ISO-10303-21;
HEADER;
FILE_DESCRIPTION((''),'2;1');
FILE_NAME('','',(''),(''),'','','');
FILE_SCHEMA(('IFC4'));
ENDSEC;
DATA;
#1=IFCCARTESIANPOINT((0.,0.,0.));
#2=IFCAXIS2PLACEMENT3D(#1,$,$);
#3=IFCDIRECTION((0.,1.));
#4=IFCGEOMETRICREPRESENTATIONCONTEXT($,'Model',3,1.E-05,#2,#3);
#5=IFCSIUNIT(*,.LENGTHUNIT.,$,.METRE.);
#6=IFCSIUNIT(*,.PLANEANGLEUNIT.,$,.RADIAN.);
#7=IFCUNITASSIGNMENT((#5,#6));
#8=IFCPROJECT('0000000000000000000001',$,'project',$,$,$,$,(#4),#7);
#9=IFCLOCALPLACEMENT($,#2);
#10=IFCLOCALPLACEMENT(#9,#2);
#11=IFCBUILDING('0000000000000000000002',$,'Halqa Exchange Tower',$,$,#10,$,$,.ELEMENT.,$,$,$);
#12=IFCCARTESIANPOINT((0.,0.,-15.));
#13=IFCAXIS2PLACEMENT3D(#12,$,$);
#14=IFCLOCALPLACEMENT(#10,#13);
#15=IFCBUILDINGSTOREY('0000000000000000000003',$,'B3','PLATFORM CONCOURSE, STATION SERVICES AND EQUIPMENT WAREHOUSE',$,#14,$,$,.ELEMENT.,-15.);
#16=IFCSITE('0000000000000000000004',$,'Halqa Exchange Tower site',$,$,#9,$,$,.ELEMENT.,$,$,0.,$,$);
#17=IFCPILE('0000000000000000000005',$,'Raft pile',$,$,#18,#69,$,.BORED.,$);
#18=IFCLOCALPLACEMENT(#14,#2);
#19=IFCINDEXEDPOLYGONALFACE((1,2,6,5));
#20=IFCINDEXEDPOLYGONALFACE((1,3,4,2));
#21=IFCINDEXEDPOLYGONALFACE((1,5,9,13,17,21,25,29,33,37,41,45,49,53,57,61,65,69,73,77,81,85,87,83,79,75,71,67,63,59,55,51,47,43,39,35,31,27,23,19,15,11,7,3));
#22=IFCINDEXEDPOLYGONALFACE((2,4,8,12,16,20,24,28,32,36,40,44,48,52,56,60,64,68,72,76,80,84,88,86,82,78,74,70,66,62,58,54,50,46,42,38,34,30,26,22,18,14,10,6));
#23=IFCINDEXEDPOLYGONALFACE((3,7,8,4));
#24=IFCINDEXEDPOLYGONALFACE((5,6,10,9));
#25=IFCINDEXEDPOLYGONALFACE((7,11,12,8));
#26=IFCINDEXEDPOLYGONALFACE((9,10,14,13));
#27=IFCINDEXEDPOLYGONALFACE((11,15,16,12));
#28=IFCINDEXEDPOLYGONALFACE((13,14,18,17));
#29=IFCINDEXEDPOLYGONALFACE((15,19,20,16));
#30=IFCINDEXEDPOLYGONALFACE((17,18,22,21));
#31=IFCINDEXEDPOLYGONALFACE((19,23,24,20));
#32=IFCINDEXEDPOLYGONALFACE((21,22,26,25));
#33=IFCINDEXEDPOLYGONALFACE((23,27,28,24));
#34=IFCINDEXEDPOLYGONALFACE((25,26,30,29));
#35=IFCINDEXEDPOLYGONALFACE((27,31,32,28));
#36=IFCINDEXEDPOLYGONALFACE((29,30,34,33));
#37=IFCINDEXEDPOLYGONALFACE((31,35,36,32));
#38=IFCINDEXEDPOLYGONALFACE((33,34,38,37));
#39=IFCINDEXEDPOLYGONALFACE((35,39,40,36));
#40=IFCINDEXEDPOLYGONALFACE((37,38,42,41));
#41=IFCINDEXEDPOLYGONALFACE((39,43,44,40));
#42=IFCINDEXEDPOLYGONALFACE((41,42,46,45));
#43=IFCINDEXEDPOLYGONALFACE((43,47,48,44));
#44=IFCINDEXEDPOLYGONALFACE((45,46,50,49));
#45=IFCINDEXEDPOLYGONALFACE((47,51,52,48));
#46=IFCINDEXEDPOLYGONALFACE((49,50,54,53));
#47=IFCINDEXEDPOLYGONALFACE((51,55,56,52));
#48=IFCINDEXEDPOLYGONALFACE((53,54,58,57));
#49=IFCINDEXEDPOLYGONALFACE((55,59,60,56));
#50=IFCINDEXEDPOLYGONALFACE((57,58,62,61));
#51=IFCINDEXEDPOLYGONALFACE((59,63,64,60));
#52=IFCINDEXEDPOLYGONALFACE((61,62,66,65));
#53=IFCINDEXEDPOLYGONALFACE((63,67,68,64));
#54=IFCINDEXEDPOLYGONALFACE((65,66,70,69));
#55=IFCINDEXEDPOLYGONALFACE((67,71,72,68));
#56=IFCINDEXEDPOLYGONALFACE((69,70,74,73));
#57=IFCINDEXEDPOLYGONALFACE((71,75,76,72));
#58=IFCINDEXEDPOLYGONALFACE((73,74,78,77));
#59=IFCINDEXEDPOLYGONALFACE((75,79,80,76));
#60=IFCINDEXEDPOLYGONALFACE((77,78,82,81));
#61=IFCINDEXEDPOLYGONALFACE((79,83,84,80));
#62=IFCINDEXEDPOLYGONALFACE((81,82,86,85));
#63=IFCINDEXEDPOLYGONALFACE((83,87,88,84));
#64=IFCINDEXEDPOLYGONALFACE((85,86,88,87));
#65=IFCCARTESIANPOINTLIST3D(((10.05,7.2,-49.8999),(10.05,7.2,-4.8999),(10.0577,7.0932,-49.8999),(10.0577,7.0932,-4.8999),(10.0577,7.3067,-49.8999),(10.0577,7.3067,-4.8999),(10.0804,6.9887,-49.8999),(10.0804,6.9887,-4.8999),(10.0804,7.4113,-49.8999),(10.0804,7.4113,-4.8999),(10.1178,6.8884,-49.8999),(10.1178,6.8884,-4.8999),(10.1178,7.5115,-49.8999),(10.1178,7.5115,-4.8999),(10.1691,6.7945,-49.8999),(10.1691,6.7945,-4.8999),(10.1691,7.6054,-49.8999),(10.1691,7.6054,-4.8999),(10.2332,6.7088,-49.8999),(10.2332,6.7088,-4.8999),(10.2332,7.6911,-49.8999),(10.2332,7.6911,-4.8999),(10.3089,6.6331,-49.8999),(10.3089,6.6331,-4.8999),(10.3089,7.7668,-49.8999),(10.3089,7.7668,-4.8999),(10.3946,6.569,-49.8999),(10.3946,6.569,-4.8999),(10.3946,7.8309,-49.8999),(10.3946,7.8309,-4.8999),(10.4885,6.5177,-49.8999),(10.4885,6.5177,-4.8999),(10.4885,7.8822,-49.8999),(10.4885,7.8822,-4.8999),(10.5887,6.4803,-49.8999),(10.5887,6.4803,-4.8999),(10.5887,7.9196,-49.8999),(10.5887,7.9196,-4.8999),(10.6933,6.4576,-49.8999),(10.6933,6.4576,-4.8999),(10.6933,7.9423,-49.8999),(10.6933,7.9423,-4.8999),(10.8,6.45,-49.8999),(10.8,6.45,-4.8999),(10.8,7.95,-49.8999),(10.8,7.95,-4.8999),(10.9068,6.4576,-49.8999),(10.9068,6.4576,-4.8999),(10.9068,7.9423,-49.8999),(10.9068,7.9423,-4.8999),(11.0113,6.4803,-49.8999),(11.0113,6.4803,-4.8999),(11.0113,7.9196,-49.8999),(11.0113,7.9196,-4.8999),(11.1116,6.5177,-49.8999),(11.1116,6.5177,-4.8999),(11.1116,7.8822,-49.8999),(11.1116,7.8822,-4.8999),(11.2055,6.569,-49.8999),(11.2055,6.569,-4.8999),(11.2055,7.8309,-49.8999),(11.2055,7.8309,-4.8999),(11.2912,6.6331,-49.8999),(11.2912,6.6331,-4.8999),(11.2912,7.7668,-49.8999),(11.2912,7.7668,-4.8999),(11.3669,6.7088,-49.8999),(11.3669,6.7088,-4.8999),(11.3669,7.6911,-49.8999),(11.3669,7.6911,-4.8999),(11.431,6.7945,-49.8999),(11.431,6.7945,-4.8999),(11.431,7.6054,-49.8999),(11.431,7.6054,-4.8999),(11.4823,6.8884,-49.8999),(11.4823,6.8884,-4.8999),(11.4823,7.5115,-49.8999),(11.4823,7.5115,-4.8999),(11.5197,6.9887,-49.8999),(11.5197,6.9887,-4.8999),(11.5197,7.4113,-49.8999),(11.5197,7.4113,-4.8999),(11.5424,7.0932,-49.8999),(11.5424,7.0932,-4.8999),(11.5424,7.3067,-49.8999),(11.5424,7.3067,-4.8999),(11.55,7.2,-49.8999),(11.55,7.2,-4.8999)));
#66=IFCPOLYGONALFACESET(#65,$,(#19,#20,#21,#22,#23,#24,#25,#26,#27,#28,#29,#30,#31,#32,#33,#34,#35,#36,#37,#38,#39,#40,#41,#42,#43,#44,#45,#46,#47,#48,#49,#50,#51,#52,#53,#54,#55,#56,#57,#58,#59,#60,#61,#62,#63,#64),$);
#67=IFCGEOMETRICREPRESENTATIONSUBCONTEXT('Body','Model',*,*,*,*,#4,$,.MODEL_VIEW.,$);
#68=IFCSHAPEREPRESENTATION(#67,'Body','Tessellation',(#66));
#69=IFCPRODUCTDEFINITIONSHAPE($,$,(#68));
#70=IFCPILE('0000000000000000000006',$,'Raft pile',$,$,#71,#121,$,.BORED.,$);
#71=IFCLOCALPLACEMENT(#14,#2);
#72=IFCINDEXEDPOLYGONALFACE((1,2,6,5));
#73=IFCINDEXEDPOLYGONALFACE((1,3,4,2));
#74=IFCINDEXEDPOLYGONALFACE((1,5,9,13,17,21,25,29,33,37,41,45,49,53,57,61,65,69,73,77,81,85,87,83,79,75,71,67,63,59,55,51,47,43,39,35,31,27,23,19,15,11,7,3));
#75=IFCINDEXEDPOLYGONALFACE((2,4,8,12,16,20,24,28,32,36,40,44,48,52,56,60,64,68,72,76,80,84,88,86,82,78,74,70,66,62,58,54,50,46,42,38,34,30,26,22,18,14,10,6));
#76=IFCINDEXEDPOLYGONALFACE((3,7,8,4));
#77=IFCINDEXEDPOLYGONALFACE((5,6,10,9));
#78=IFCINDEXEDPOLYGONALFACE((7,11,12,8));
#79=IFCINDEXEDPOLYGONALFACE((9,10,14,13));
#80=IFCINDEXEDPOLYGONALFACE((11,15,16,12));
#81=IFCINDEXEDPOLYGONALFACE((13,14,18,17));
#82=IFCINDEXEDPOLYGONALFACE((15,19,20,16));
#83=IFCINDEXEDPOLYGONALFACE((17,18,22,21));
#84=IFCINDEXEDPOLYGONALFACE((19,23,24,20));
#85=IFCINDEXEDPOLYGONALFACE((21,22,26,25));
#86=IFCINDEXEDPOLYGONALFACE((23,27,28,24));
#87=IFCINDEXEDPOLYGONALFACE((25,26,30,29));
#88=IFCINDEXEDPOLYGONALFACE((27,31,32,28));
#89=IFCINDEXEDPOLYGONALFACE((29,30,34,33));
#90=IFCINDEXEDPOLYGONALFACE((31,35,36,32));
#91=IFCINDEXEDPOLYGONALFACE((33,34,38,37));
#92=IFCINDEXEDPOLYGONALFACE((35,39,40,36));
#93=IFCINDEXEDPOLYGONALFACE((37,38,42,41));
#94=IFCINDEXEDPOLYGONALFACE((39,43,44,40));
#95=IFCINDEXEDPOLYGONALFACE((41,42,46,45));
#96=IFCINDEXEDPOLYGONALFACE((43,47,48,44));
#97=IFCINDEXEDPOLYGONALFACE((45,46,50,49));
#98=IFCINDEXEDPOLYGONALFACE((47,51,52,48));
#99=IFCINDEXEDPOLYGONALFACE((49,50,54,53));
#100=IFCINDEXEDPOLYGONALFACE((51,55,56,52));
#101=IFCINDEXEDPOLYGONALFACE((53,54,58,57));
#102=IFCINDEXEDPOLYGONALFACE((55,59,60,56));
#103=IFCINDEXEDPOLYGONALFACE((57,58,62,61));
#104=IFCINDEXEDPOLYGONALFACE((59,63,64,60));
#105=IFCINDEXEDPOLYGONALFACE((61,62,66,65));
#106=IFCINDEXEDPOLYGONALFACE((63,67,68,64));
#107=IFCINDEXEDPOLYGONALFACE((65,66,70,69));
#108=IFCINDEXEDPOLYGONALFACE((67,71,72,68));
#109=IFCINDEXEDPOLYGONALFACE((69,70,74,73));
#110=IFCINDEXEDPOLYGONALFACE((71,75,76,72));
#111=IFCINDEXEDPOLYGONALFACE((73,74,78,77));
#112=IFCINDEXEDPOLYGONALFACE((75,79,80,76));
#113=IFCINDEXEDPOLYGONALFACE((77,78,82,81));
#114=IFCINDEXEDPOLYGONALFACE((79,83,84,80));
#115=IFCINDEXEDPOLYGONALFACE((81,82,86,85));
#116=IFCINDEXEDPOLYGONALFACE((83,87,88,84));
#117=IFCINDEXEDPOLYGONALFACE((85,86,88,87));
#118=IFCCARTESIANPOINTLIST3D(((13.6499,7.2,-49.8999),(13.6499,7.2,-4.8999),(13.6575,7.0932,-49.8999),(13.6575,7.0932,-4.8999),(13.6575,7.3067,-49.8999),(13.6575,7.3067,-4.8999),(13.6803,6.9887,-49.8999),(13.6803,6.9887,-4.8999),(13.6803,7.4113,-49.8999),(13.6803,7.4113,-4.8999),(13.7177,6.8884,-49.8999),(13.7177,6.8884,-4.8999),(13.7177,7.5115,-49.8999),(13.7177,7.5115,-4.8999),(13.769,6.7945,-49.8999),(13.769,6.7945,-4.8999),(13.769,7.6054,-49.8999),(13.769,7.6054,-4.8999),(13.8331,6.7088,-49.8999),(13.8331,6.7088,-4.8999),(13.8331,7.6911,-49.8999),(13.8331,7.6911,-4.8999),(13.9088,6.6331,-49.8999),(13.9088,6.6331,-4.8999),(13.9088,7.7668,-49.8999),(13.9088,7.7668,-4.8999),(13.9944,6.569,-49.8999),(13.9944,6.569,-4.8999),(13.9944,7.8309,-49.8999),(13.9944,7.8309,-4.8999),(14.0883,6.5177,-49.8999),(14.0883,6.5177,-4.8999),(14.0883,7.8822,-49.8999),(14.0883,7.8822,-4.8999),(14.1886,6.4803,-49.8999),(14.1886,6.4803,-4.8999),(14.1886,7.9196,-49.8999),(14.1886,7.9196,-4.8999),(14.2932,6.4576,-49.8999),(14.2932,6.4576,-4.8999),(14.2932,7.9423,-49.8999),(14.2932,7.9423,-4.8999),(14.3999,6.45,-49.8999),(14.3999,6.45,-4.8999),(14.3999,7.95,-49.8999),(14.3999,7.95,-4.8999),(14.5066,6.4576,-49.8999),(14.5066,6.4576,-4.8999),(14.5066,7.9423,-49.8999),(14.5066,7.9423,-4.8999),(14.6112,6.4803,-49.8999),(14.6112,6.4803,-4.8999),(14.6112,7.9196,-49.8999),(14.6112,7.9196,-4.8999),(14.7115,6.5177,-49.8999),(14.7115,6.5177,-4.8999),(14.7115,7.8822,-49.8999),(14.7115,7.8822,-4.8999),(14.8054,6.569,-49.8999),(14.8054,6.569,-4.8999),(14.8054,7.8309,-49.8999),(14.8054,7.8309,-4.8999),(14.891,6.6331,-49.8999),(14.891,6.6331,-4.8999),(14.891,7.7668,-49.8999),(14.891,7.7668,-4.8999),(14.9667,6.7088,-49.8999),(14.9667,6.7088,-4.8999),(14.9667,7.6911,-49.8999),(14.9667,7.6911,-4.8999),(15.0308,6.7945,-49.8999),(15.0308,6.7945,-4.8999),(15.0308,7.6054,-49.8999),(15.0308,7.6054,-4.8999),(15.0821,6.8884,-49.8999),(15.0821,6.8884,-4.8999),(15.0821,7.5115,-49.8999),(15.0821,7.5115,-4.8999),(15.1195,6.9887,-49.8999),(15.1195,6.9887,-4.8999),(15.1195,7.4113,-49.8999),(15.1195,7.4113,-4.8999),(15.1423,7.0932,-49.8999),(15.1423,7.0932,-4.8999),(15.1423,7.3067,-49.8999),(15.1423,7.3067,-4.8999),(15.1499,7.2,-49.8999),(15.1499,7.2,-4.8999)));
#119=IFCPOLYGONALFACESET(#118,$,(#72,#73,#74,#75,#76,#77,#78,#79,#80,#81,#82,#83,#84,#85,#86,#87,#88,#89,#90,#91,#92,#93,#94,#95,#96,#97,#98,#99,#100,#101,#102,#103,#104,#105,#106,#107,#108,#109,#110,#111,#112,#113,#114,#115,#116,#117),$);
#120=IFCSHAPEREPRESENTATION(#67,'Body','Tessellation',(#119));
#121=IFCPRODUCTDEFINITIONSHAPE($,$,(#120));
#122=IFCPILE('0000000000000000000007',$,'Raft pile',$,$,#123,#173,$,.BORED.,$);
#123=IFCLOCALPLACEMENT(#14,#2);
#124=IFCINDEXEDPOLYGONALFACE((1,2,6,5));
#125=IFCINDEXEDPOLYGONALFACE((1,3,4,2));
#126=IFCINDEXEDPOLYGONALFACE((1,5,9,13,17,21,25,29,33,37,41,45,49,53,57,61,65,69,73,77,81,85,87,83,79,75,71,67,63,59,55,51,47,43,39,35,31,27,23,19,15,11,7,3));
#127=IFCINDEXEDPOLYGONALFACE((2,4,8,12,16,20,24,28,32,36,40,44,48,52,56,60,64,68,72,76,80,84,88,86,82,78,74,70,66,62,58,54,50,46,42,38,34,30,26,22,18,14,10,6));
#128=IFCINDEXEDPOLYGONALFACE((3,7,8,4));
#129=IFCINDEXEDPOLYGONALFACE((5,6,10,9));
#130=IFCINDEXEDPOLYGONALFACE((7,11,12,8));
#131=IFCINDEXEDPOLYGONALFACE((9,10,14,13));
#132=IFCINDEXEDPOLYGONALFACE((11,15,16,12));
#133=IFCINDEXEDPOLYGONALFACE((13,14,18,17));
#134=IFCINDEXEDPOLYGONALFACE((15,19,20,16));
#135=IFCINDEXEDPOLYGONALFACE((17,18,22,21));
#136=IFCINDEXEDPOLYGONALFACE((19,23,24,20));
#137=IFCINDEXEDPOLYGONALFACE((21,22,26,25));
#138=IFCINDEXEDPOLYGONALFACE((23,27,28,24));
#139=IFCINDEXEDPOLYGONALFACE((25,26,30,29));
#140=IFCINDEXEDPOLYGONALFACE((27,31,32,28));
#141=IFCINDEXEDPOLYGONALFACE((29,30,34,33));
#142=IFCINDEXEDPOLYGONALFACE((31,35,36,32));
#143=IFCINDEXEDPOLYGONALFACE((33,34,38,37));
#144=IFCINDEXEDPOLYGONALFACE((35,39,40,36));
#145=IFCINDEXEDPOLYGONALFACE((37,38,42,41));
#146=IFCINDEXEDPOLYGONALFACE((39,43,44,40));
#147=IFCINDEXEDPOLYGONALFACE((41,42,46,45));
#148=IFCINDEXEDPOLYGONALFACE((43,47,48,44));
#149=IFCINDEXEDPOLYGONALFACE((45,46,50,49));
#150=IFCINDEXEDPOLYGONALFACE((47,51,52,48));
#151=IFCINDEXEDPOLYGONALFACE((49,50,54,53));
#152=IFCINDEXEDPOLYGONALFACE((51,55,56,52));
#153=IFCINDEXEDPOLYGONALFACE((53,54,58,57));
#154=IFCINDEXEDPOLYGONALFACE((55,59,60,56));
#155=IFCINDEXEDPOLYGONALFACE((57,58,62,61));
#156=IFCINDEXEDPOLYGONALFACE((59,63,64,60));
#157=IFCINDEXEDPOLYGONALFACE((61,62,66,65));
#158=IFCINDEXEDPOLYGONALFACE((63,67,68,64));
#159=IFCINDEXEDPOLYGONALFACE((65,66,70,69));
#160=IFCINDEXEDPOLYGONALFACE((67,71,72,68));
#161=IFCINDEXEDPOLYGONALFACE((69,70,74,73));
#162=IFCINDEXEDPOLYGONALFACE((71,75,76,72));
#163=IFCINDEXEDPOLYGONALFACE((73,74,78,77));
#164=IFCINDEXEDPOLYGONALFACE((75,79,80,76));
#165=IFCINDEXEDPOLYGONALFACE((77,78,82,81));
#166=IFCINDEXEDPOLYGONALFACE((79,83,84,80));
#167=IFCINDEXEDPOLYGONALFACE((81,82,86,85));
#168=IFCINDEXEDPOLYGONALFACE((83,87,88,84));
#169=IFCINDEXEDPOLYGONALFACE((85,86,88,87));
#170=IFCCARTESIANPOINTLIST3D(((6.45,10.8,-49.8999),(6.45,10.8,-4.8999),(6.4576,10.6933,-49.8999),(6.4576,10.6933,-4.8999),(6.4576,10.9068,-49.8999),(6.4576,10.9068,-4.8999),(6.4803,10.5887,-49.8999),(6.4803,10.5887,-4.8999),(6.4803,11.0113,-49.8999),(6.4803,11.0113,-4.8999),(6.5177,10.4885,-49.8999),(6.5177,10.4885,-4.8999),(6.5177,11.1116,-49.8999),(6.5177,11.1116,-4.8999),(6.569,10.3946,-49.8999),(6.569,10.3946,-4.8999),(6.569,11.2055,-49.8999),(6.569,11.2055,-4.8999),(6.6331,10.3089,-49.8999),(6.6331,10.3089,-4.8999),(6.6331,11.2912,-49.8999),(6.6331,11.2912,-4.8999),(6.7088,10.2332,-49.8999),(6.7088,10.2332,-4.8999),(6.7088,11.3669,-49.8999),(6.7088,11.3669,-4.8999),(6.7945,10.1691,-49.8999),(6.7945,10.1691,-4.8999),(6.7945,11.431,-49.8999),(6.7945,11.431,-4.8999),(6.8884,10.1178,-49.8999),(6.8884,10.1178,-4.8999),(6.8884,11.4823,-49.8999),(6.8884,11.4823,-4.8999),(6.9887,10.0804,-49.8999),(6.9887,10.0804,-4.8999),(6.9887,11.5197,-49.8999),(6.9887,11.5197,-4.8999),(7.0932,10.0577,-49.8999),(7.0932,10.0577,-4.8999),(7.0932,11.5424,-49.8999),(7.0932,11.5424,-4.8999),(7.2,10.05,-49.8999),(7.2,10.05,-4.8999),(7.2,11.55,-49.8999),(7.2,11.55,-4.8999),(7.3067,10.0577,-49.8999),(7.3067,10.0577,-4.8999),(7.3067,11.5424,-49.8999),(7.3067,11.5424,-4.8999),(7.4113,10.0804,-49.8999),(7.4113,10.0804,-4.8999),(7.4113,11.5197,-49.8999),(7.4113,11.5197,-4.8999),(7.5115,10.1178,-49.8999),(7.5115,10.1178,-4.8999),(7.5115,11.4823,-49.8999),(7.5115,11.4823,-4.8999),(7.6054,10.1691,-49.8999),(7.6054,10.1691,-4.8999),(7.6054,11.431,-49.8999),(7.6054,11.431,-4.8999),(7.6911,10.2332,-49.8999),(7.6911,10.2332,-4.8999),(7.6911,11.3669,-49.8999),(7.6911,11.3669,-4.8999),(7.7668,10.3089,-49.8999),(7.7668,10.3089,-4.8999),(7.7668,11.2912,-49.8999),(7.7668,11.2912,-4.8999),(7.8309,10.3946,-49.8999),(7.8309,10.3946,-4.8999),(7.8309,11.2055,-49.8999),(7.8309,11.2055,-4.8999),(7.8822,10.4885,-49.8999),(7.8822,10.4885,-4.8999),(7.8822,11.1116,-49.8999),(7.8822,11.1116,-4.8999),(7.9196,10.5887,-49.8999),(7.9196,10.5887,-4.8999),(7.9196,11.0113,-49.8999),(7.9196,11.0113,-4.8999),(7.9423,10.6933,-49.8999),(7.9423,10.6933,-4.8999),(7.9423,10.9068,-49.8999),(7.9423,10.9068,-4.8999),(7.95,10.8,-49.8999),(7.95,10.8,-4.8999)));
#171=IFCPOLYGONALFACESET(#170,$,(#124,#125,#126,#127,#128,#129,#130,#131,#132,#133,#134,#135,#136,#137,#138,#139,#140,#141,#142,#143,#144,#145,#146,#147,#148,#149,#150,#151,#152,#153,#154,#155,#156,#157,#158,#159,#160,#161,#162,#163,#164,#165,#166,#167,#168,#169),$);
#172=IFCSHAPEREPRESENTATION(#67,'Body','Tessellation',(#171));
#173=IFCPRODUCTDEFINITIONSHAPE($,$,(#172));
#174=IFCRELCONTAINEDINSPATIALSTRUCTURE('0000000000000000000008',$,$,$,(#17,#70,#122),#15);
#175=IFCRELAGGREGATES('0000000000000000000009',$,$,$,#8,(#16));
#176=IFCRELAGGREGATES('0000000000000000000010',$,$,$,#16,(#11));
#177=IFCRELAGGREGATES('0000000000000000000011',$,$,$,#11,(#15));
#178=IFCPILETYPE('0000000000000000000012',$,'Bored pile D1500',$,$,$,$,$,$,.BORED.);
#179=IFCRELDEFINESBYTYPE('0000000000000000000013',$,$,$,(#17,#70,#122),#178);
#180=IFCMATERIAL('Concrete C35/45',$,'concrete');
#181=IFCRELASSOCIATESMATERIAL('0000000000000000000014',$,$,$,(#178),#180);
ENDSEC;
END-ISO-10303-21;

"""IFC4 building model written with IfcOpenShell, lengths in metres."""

from ifc_helpers import new_model, si_unit, direction, frame, origin, origin_2d, place, context, subcontext, project, spatial, circle, extrude, material, material_profile, profile_set, type_object, element, save


model = new_model("IFC4")

# Units and contexts
model_context = context("Model", 3, precision=1e-05, world=origin(), true_north=direction((0.0, 1.0)))
body_context = subcontext(model_context, "Body", "Model", "MODEL_VIEW")
ifc_project = project(units=[si_unit("LENGTHUNIT", "METRE"), si_unit("PLANEANGLEUNIT", "RADIAN")], contexts=[model_context])

# Site, building, storey
site_placement = place(None, origin())
site = spatial("IfcSite", under=ifc_project, at=site_placement, Name="Halqa Exchange Tower site", CompositionType="ELEMENT", RefElevation=0.0)
building_placement = place(site_placement, origin())
building = spatial("IfcBuilding", under=site, at=building_placement, Name="Halqa Exchange Tower", CompositionType="ELEMENT")
storey_placement = place(building_placement, frame((0.0, 0.0, -15.0)))
storey = spatial("IfcBuildingStorey", under=building, at=storey_placement, Name="B3", Description="PLATFORM CONCOURSE, STATION SERVICES AND EQUIPMENT WAREHOUSE", CompositionType="ELEMENT", Elevation=-15.0)

# Piles
ifc_material_1 = material(Name="Concrete C35/45", Category="concrete")
ifc_material_profile_1 = material_profile(ifc_material_1, circle(Radius=0.75, at=origin_2d()), Name="D1500")
ifc_profile_set_1 = profile_set([ifc_material_profile_1], Name="Concrete C35/45")
pile_type_1 = type_object("IfcPileType", Name="Bored pile D1500", PredefinedType="BORED", material=ifc_profile_set_1)
for number, where, z_axis, x_axis, name in (
    (1, (10.8, 7.2, -4.8999), (0.0, 0.0, -1.0), (1.0, 0.0, 0.0), "Raft pile"),
    (2, (14.3999, 7.2, -4.8999), (0.0, 0.0, -1.0), (1.0, 0.0, 0.0), "Raft pile"),
    (3, (7.2, 10.8, -4.8999), (0.0, 0.0, -1.0), (1.0, 0.0, 0.0), "Raft pile"),
):
    element("IfcPile", number, at=place(storey_placement, frame(where, z_axis=z_axis, x_axis=x_axis)), inside=storey, type_object=pile_type_1, Name=name, PredefinedType="BORED", context=body_context, shape_type="SweptSolid", body=[
        extrude(circle(Radius=0.75, at=origin_2d()), origin(), (0.0, 0.0, 1.0), 45.0),
    ])

save(model, "model.ifc")
